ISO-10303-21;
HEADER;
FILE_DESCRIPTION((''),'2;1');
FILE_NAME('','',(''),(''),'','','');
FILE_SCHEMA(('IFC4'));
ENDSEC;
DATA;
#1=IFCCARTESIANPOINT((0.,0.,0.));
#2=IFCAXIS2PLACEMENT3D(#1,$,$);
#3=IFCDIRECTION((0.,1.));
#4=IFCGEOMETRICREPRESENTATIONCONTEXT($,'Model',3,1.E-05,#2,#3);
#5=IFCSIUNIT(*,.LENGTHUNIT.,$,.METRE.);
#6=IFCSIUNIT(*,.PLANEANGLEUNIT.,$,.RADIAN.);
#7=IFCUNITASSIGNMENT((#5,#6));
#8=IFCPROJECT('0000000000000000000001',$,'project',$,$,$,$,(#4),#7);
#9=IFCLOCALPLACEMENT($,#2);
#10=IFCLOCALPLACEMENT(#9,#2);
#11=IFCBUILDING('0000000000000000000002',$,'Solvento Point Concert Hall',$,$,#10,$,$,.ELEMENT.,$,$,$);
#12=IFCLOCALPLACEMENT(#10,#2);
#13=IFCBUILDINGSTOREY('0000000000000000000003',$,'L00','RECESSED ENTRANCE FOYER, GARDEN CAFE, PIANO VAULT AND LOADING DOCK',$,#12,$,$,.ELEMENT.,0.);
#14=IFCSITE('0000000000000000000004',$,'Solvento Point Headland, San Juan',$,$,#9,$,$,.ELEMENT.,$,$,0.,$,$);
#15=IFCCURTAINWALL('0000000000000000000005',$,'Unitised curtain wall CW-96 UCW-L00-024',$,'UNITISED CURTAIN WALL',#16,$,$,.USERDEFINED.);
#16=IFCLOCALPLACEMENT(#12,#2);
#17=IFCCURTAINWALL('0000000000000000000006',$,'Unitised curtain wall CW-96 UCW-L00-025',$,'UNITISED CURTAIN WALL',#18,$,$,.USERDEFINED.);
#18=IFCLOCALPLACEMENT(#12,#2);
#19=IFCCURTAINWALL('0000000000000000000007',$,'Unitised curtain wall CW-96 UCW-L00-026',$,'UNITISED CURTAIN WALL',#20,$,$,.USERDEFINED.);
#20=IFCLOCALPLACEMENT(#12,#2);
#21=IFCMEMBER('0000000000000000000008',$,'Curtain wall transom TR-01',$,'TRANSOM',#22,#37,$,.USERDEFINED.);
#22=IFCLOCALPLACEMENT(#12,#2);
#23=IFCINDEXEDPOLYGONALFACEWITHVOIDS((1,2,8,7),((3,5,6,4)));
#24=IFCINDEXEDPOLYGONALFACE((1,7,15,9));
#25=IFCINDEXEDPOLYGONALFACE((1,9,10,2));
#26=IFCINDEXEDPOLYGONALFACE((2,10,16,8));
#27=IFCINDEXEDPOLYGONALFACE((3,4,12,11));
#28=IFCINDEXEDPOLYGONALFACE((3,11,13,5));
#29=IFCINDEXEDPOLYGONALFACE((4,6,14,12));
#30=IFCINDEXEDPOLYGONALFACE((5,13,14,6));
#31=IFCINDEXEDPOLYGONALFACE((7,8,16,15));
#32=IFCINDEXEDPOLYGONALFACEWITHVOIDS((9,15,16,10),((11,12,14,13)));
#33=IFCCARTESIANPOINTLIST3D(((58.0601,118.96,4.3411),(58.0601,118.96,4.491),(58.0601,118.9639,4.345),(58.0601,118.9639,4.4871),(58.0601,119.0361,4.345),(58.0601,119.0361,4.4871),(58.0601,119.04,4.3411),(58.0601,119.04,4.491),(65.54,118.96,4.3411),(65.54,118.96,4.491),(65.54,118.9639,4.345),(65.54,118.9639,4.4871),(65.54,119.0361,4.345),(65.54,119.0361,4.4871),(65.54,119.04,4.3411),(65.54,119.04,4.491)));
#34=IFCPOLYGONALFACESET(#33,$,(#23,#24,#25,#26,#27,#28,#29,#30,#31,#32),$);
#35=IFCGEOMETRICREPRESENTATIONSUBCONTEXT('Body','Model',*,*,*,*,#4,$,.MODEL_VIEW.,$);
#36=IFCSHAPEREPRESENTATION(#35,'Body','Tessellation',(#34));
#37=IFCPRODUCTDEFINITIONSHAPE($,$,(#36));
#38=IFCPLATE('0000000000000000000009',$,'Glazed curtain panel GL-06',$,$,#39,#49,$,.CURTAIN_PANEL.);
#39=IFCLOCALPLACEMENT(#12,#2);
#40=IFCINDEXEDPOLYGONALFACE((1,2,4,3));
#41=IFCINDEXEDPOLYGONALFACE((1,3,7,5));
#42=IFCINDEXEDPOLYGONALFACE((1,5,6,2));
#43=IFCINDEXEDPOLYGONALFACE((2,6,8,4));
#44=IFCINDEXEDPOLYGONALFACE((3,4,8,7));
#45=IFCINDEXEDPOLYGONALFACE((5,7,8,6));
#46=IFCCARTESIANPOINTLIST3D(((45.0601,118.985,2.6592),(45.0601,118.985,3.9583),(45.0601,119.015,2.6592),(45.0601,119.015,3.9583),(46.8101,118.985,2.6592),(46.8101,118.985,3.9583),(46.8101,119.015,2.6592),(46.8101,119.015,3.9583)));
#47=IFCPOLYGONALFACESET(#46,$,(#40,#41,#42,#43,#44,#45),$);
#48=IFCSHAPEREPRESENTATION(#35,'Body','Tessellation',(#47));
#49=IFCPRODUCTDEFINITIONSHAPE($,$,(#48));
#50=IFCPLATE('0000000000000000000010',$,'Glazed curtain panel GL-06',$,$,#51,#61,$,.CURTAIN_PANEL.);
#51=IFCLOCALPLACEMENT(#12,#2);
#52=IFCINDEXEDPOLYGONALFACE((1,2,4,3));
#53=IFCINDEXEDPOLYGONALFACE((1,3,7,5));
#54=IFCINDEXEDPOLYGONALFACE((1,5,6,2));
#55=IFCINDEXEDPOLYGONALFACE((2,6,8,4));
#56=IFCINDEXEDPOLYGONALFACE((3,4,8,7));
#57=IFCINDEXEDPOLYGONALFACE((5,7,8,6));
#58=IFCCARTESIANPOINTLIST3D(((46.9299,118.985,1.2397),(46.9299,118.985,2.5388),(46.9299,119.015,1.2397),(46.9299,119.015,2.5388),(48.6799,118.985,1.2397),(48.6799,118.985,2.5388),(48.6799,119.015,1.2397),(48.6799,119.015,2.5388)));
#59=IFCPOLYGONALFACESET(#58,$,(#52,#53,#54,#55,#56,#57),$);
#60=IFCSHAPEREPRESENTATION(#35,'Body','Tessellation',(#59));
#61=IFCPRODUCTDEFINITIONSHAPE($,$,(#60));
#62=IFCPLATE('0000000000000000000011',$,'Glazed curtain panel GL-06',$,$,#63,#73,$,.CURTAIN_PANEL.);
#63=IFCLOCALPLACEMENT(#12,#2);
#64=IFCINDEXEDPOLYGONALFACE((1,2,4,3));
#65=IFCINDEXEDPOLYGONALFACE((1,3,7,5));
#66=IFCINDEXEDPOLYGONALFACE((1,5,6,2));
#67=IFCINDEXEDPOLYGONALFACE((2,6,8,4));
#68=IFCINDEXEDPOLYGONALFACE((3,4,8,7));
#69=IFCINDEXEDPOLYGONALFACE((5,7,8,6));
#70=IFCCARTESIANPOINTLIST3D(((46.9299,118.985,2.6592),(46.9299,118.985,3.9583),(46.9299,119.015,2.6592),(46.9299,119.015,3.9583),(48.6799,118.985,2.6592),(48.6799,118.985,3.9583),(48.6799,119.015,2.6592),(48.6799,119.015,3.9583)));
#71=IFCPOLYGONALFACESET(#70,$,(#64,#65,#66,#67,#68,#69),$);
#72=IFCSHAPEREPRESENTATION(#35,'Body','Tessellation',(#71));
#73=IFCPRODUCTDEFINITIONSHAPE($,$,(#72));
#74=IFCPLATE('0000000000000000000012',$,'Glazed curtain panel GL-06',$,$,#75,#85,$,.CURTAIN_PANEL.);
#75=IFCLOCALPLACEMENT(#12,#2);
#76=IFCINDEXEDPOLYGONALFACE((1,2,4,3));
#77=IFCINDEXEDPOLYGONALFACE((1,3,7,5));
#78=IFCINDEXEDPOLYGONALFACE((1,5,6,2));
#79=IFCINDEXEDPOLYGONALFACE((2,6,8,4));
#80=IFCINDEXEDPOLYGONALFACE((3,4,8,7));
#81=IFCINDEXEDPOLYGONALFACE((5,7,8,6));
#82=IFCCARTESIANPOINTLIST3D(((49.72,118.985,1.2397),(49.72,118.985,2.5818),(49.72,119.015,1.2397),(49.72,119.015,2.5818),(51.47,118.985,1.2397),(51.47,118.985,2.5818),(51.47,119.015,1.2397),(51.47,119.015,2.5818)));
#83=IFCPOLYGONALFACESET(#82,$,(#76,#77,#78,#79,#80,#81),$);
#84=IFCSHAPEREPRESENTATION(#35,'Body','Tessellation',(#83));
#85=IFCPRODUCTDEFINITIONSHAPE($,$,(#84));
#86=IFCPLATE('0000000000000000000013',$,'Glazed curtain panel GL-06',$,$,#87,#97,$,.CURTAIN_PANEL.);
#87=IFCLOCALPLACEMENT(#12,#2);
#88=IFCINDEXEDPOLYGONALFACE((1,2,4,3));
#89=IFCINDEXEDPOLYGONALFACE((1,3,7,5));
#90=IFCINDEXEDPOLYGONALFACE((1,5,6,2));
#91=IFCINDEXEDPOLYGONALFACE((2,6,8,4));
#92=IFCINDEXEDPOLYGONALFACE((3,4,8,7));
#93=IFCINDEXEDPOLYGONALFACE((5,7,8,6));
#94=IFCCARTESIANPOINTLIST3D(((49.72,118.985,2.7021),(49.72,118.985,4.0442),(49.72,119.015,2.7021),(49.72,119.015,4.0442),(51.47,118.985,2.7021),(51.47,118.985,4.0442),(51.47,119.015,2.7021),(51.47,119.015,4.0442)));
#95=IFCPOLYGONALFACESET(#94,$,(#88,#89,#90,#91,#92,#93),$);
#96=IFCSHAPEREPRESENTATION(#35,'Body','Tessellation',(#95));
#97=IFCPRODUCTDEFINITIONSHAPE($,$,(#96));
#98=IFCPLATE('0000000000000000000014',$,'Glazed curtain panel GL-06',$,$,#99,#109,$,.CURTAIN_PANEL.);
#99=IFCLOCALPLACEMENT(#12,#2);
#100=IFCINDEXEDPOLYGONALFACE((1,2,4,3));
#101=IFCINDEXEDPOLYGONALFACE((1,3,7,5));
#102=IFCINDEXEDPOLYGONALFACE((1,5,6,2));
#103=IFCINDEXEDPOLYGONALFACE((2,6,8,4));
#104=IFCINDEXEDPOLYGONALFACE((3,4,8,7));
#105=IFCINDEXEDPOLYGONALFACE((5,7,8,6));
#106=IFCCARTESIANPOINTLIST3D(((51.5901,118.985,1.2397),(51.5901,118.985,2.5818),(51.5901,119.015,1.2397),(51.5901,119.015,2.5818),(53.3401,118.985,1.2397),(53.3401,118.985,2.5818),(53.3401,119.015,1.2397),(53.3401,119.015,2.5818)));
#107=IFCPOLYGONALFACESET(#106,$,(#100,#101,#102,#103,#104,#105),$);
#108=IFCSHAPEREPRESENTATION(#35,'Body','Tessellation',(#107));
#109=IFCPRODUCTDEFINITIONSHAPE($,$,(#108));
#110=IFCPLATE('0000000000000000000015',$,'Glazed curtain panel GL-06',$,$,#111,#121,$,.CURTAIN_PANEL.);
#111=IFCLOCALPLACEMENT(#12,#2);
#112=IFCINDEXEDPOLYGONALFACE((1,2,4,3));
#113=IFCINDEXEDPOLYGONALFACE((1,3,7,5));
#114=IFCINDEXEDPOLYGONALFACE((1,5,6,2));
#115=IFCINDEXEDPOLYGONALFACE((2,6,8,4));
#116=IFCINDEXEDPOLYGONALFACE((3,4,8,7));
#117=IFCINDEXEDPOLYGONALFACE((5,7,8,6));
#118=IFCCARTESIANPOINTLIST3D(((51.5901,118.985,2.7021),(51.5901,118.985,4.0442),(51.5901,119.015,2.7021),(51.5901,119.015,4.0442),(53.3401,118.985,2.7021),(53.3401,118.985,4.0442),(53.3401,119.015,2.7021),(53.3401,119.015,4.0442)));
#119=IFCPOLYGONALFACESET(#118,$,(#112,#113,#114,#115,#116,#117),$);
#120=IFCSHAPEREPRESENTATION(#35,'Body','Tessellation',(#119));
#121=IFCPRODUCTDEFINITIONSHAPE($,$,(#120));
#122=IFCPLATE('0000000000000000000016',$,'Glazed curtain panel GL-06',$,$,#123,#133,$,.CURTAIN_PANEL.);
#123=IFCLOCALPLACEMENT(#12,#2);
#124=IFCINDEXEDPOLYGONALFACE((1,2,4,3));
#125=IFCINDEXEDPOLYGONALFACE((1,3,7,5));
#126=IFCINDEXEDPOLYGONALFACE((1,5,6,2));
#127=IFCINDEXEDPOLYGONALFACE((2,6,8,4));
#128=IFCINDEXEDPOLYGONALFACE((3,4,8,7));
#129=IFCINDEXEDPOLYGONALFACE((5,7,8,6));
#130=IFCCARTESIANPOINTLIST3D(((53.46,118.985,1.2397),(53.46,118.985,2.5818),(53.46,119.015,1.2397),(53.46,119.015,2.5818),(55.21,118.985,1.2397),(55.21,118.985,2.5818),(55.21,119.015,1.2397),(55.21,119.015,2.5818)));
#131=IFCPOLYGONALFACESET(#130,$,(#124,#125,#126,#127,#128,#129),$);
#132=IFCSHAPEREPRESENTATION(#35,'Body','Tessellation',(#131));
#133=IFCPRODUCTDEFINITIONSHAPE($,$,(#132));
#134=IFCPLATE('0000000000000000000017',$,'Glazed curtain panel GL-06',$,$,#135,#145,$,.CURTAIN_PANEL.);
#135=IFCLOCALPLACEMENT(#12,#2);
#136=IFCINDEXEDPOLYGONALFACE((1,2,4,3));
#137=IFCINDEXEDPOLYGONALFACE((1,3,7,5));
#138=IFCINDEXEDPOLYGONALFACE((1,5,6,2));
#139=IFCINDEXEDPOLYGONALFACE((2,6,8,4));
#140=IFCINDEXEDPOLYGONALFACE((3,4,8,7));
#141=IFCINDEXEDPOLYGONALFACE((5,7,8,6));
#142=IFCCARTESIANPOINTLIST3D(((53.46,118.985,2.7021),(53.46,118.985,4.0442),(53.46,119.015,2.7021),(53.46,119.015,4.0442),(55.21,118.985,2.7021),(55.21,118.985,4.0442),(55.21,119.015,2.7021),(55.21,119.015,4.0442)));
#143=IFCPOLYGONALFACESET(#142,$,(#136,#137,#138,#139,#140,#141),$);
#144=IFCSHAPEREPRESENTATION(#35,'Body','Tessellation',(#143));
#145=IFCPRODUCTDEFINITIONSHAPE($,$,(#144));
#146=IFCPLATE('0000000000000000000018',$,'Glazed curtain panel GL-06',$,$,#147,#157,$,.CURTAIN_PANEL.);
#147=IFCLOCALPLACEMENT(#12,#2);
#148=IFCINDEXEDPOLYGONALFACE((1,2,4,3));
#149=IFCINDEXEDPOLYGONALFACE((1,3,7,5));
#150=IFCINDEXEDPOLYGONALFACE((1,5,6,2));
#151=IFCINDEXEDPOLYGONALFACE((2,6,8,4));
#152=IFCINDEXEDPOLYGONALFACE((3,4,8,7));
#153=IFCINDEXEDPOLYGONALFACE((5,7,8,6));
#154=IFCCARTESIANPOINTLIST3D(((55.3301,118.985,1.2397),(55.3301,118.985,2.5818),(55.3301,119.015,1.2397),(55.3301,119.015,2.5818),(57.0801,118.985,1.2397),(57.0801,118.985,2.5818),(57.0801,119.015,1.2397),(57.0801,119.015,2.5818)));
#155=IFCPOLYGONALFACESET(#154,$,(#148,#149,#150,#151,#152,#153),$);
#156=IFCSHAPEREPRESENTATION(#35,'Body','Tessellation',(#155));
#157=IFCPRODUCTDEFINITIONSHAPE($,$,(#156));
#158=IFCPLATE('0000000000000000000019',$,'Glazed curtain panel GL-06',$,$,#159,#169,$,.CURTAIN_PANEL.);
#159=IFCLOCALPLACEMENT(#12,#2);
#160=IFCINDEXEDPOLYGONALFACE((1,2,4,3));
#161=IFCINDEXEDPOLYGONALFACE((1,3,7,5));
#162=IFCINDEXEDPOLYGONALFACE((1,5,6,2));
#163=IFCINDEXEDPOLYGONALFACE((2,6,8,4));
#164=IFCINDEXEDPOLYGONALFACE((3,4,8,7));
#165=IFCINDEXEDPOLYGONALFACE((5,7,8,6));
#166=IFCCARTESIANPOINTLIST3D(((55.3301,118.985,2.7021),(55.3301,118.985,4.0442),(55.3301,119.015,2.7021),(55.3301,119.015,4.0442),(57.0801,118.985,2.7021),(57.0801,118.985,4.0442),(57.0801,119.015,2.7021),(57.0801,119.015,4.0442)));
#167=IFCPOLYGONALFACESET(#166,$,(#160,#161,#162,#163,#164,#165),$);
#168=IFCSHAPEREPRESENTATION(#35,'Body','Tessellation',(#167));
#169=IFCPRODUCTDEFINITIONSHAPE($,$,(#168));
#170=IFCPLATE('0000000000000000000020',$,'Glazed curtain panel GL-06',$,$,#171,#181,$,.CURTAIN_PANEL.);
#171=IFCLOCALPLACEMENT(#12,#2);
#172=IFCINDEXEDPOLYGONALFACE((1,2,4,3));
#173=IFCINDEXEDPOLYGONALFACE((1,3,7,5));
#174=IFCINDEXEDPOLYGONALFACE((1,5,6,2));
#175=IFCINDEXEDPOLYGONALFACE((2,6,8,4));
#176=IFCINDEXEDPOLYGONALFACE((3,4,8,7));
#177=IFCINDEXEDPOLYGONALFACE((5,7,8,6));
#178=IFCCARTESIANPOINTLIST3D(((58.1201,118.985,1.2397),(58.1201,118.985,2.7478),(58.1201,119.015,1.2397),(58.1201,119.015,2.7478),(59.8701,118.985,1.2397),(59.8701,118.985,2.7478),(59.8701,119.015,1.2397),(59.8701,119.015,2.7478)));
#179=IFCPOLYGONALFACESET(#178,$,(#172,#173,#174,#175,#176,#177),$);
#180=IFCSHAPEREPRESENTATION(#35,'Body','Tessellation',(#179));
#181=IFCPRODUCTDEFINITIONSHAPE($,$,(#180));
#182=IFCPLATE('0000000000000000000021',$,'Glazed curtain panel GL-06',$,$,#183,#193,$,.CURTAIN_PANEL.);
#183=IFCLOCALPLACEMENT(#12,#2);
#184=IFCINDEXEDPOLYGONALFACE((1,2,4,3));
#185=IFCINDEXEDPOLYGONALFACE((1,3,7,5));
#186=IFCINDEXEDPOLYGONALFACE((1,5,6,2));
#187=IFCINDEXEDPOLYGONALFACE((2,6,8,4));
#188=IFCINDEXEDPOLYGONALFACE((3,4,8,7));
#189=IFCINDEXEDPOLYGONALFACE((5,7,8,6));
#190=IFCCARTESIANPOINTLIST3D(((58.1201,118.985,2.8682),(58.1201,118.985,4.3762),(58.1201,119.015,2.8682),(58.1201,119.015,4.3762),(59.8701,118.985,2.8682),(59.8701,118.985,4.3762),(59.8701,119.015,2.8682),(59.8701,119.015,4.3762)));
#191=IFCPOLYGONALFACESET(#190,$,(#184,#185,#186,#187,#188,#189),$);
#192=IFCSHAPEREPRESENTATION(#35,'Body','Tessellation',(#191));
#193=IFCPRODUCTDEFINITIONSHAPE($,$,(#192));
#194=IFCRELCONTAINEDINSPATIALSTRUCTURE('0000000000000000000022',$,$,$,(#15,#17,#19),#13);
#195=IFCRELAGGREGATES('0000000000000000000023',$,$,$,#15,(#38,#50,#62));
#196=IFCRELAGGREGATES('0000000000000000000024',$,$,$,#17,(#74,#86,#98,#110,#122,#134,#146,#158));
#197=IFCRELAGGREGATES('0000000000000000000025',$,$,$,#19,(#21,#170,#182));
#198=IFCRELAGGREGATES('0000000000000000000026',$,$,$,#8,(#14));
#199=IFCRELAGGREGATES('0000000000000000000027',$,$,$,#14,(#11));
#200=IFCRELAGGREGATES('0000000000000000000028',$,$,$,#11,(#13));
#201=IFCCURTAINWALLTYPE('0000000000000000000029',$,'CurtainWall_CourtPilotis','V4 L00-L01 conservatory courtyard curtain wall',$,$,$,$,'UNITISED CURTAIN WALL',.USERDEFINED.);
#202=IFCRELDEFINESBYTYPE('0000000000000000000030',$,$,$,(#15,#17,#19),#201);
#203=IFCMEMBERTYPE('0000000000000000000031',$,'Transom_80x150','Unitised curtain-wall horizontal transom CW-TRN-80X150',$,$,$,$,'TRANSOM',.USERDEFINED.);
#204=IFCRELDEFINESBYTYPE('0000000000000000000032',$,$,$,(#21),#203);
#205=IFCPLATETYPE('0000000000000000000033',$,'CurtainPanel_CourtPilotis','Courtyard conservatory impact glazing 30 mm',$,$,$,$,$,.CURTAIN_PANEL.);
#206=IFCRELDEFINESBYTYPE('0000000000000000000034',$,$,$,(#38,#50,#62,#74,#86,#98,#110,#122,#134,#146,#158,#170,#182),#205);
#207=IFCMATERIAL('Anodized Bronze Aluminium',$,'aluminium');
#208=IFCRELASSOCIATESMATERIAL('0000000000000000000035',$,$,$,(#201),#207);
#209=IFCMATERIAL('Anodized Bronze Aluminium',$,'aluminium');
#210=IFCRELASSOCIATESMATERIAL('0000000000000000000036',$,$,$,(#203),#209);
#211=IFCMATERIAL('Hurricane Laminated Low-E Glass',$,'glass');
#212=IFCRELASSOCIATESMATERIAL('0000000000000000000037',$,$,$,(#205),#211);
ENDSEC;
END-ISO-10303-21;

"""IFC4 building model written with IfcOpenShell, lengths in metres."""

from ifc_helpers import new_model, si_unit, direction, frame, origin, origin_2d, place, context, subcontext, project, spatial, rectangle, hollow_rectangle, extrude, material, material_profile, profile_set, type_object, element, aggregate, save


model = new_model("IFC4")

# Units and contexts
model_context = context("Model", 3, precision=1e-05, world=origin(), true_north=direction((0.0, 1.0)))
body_context = subcontext(model_context, "Body", "Model", "MODEL_VIEW")
ifc_project = project(units=[si_unit("LENGTHUNIT", "METRE"), si_unit("PLANEANGLEUNIT", "RADIAN")], contexts=[model_context])

# Site, building, storey
site_placement = place(None, origin())
site = spatial("IfcSite", under=ifc_project, at=site_placement, Name="Solvento Point Headland, San Juan", CompositionType="ELEMENT", RefElevation=0.0)
building_placement = place(site_placement, origin())
building = spatial("IfcBuilding", under=site, at=building_placement, Name="Solvento Point Concert Hall", CompositionType="ELEMENT")
storey_placement = place(building_placement, origin())
storey = spatial("IfcBuildingStorey", under=building, at=storey_placement, Name="L00", Description="RECESSED ENTRANCE FOYER, GARDEN CAFE, PIANO VAULT AND LOADING DOCK", CompositionType="ELEMENT", Elevation=0.0)

# Curtain walls
ifc_material_1 = material(Name="Anodized Bronze Aluminium", Category="aluminium")
curtain_wall_type = type_object("IfcCurtainWallType", Name="CurtainWall_CourtPilotis", Description="V4 L00-L01 conservatory courtyard curtain wall", ElementType="UNITISED CURTAIN WALL", PredefinedType="USERDEFINED", material=ifc_material_1)
curtain_wall_1_placement = place(storey_placement, origin())
curtain_wall_1 = element("IfcCurtainWall", 1, at=curtain_wall_1_placement, inside=storey, type_object=curtain_wall_type, Name="Unitised curtain wall CW-96 UCW-L00-024", ObjectType="UNITISED CURTAIN WALL", PredefinedType="USERDEFINED")
curtain_wall_2_placement = place(storey_placement, origin())
curtain_wall_2 = element("IfcCurtainWall", 2, at=curtain_wall_2_placement, inside=storey, type_object=curtain_wall_type, Name="Unitised curtain wall CW-96 UCW-L00-025", ObjectType="UNITISED CURTAIN WALL", PredefinedType="USERDEFINED")
curtain_wall_3_placement = place(storey_placement, origin())
curtain_wall_3 = element("IfcCurtainWall", 3, at=curtain_wall_3_placement, inside=storey, type_object=curtain_wall_type, Name="Unitised curtain wall CW-96 UCW-L00-026", ObjectType="UNITISED CURTAIN WALL", PredefinedType="USERDEFINED")

# Member
ifc_material_2 = material(Name="Anodized Bronze Aluminium", Category="aluminium")
ifc_material_profile_1 = material_profile(ifc_material_2, hollow_rectangle(XDim=0.0801, YDim=0.1499, WallThickness=0.0039, at=origin_2d()), Name="CW-TRN-80X150")
ifc_profile_set_1 = profile_set([ifc_material_profile_1], Name="Anodized Bronze Aluminium")
member_type_1 = type_object("IfcMemberType", Name="Transom_80x150", Description="Unitised curtain-wall horizontal transom CW-TRN-80X150", ElementType="TRANSOM", PredefinedType="USERDEFINED", material=ifc_profile_set_1)
member_1_placement = place(storey_placement, frame((58.0601, 119.0, 4.416), z_axis=(1.0, 0.0, 0.0), x_axis=(0.0, 1.0, 0.0)))
member_1 = element("IfcMember", 4, at=member_1_placement, type_object=member_type_1, Name="Curtain wall transom TR-01", ObjectType="TRANSOM", PredefinedType="USERDEFINED", context=body_context, shape_type="SweptSolid", body=[
    extrude(hollow_rectangle(XDim=0.0801, YDim=0.1499, WallThickness=0.0039, at=origin_2d()), origin(), (0.0, 0.0, 1.0), 7.48),
])

# Plates
ifc_material_3 = material(Name="Hurricane Laminated Low-E Glass", Category="glass")
plate_type = type_object("IfcPlateType", Name="CurtainPanel_CourtPilotis", Description="Courtyard conservatory impact glazing 30 mm", PredefinedType="CURTAIN_PANEL", material=ifc_material_3)
plate_1_placement = place(storey_placement, frame((45.9351, 119.0, 2.6592), z_axis=(0.0, 0.0, 1.0), x_axis=(1.0, 0.0, 0.0)))
plate_1 = element("IfcPlate", 5, at=plate_1_placement, type_object=plate_type, Name="Glazed curtain panel GL-06", PredefinedType="CURTAIN_PANEL", context=body_context, shape_type="SweptSolid", body=[
    extrude(rectangle(XDim=1.75, YDim=0.03, at=origin_2d()), origin(), (0.0, 0.0, 1.0), 1.2991),
])
plate_2_placement = place(storey_placement, frame((47.8049, 119.0, 1.2397), z_axis=(0.0, 0.0, 1.0), x_axis=(1.0, 0.0, 0.0)))
plate_2 = element("IfcPlate", 6, at=plate_2_placement, type_object=plate_type, Name="Glazed curtain panel GL-06", PredefinedType="CURTAIN_PANEL", context=body_context, shape_type="SweptSolid", body=[
    extrude(rectangle(XDim=1.75, YDim=0.03, at=origin_2d()), origin(), (0.0, 0.0, 1.0), 1.2991),
])
plate_3_placement = place(storey_placement, frame((47.8049, 119.0, 2.6592), z_axis=(0.0, 0.0, 1.0), x_axis=(1.0, 0.0, 0.0)))
plate_3 = element("IfcPlate", 7, at=plate_3_placement, type_object=plate_type, Name="Glazed curtain panel GL-06", PredefinedType="CURTAIN_PANEL", context=body_context, shape_type="SweptSolid", body=[
    extrude(rectangle(XDim=1.75, YDim=0.03, at=origin_2d()), origin(), (0.0, 0.0, 1.0), 1.2991),
])
aggregate(curtain_wall_1, [plate_1, plate_2, plate_3])
plate_4_placement = place(storey_placement, frame((50.595, 119.0, 1.2397), z_axis=(0.0, 0.0, 1.0), x_axis=(1.0, 0.0, 0.0)))
plate_4 = element("IfcPlate", 8, at=plate_4_placement, type_object=plate_type, Name="Glazed curtain panel GL-06", PredefinedType="CURTAIN_PANEL", context=body_context, shape_type="SweptSolid", body=[
    extrude(rectangle(XDim=1.75, YDim=0.03, at=origin_2d()), origin(), (0.0, 0.0, 1.0), 1.342),
])
plate_5_placement = place(storey_placement, frame((50.595, 119.0, 2.7021), z_axis=(0.0, 0.0, 1.0), x_axis=(1.0, 0.0, 0.0)))
plate_5 = element("IfcPlate", 9, at=plate_5_placement, type_object=plate_type, Name="Glazed curtain panel GL-06", PredefinedType="CURTAIN_PANEL", context=body_context, shape_type="SweptSolid", body=[
    extrude(rectangle(XDim=1.75, YDim=0.03, at=origin_2d()), origin(), (0.0, 0.0, 1.0), 1.342),
])
plate_6_placement = place(storey_placement, frame((52.4651, 119.0, 1.2397), z_axis=(0.0, 0.0, 1.0), x_axis=(1.0, 0.0, 0.0)))
plate_6 = element("IfcPlate", 10, at=plate_6_placement, type_object=plate_type, Name="Glazed curtain panel GL-06", PredefinedType="CURTAIN_PANEL", context=body_context, shape_type="SweptSolid", body=[
    extrude(rectangle(XDim=1.75, YDim=0.03, at=origin_2d()), origin(), (0.0, 0.0, 1.0), 1.342),
])
plate_7_placement = place(storey_placement, frame((52.4651, 119.0, 2.7021), z_axis=(0.0, 0.0, 1.0), x_axis=(1.0, 0.0, 0.0)))
plate_7 = element("IfcPlate", 11, at=plate_7_placement, type_object=plate_type, Name="Glazed curtain panel GL-06", PredefinedType="CURTAIN_PANEL", context=body_context, shape_type="SweptSolid", body=[
    extrude(rectangle(XDim=1.75, YDim=0.03, at=origin_2d()), origin(), (0.0, 0.0, 1.0), 1.342),
])
plate_8_placement = place(storey_placement, frame((54.335, 119.0, 1.2397), z_axis=(0.0, 0.0, 1.0), x_axis=(1.0, 0.0, 0.0)))
plate_8 = element("IfcPlate", 12, at=plate_8_placement, type_object=plate_type, Name="Glazed curtain panel GL-06", PredefinedType="CURTAIN_PANEL", context=body_context, shape_type="SweptSolid", body=[
    extrude(rectangle(XDim=1.75, YDim=0.03, at=origin_2d()), origin(), (0.0, 0.0, 1.0), 1.342),
])
plate_9_placement = place(storey_placement, frame((54.335, 119.0, 2.7021), z_axis=(0.0, 0.0, 1.0), x_axis=(1.0, 0.0, 0.0)))
plate_9 = element("IfcPlate", 13, at=plate_9_placement, type_object=plate_type, Name="Glazed curtain panel GL-06", PredefinedType="CURTAIN_PANEL", context=body_context, shape_type="SweptSolid", body=[
    extrude(rectangle(XDim=1.75, YDim=0.03, at=origin_2d()), origin(), (0.0, 0.0, 1.0), 1.342),
])
plate_10_placement = place(storey_placement, frame((56.2051, 119.0, 1.2397), z_axis=(0.0, 0.0, 1.0), x_axis=(1.0, 0.0, 0.0)))
plate_10 = element("IfcPlate", 14, at=plate_10_placement, type_object=plate_type, Name="Glazed curtain panel GL-06", PredefinedType="CURTAIN_PANEL", context=body_context, shape_type="SweptSolid", body=[
    extrude(rectangle(XDim=1.75, YDim=0.03, at=origin_2d()), origin(), (0.0, 0.0, 1.0), 1.342),
])
plate_11_placement = place(storey_placement, frame((56.2051, 119.0, 2.7021), z_axis=(0.0, 0.0, 1.0), x_axis=(1.0, 0.0, 0.0)))
plate_11 = element("IfcPlate", 15, at=plate_11_placement, type_object=plate_type, Name="Glazed curtain panel GL-06", PredefinedType="CURTAIN_PANEL", context=body_context, shape_type="SweptSolid", body=[
    extrude(rectangle(XDim=1.75, YDim=0.03, at=origin_2d()), origin(), (0.0, 0.0, 1.0), 1.342),
])
aggregate(curtain_wall_2, [plate_4, plate_5, plate_6, plate_7, plate_8, plate_9, plate_10, plate_11])
plate_12_placement = place(storey_placement, frame((58.9951, 119.0, 1.2397), z_axis=(0.0, 0.0, 1.0), x_axis=(1.0, 0.0, 0.0)))
plate_12 = element("IfcPlate", 16, at=plate_12_placement, type_object=plate_type, Name="Glazed curtain panel GL-06", PredefinedType="CURTAIN_PANEL", context=body_context, shape_type="SweptSolid", body=[
    extrude(rectangle(XDim=1.75, YDim=0.03, at=origin_2d()), origin(), (0.0, 0.0, 1.0), 1.5081),
])
plate_13_placement = place(storey_placement, frame((58.9951, 119.0, 2.8682), z_axis=(0.0, 0.0, 1.0), x_axis=(1.0, 0.0, 0.0)))
plate_13 = element("IfcPlate", 17, at=plate_13_placement, type_object=plate_type, Name="Glazed curtain panel GL-06", PredefinedType="CURTAIN_PANEL", context=body_context, shape_type="SweptSolid", body=[
    extrude(rectangle(XDim=1.75, YDim=0.03, at=origin_2d()), origin(), (0.0, 0.0, 1.0), 1.5081),
])
aggregate(curtain_wall_3, [member_1, plate_12, plate_13])

save(model, "model.ifc")
